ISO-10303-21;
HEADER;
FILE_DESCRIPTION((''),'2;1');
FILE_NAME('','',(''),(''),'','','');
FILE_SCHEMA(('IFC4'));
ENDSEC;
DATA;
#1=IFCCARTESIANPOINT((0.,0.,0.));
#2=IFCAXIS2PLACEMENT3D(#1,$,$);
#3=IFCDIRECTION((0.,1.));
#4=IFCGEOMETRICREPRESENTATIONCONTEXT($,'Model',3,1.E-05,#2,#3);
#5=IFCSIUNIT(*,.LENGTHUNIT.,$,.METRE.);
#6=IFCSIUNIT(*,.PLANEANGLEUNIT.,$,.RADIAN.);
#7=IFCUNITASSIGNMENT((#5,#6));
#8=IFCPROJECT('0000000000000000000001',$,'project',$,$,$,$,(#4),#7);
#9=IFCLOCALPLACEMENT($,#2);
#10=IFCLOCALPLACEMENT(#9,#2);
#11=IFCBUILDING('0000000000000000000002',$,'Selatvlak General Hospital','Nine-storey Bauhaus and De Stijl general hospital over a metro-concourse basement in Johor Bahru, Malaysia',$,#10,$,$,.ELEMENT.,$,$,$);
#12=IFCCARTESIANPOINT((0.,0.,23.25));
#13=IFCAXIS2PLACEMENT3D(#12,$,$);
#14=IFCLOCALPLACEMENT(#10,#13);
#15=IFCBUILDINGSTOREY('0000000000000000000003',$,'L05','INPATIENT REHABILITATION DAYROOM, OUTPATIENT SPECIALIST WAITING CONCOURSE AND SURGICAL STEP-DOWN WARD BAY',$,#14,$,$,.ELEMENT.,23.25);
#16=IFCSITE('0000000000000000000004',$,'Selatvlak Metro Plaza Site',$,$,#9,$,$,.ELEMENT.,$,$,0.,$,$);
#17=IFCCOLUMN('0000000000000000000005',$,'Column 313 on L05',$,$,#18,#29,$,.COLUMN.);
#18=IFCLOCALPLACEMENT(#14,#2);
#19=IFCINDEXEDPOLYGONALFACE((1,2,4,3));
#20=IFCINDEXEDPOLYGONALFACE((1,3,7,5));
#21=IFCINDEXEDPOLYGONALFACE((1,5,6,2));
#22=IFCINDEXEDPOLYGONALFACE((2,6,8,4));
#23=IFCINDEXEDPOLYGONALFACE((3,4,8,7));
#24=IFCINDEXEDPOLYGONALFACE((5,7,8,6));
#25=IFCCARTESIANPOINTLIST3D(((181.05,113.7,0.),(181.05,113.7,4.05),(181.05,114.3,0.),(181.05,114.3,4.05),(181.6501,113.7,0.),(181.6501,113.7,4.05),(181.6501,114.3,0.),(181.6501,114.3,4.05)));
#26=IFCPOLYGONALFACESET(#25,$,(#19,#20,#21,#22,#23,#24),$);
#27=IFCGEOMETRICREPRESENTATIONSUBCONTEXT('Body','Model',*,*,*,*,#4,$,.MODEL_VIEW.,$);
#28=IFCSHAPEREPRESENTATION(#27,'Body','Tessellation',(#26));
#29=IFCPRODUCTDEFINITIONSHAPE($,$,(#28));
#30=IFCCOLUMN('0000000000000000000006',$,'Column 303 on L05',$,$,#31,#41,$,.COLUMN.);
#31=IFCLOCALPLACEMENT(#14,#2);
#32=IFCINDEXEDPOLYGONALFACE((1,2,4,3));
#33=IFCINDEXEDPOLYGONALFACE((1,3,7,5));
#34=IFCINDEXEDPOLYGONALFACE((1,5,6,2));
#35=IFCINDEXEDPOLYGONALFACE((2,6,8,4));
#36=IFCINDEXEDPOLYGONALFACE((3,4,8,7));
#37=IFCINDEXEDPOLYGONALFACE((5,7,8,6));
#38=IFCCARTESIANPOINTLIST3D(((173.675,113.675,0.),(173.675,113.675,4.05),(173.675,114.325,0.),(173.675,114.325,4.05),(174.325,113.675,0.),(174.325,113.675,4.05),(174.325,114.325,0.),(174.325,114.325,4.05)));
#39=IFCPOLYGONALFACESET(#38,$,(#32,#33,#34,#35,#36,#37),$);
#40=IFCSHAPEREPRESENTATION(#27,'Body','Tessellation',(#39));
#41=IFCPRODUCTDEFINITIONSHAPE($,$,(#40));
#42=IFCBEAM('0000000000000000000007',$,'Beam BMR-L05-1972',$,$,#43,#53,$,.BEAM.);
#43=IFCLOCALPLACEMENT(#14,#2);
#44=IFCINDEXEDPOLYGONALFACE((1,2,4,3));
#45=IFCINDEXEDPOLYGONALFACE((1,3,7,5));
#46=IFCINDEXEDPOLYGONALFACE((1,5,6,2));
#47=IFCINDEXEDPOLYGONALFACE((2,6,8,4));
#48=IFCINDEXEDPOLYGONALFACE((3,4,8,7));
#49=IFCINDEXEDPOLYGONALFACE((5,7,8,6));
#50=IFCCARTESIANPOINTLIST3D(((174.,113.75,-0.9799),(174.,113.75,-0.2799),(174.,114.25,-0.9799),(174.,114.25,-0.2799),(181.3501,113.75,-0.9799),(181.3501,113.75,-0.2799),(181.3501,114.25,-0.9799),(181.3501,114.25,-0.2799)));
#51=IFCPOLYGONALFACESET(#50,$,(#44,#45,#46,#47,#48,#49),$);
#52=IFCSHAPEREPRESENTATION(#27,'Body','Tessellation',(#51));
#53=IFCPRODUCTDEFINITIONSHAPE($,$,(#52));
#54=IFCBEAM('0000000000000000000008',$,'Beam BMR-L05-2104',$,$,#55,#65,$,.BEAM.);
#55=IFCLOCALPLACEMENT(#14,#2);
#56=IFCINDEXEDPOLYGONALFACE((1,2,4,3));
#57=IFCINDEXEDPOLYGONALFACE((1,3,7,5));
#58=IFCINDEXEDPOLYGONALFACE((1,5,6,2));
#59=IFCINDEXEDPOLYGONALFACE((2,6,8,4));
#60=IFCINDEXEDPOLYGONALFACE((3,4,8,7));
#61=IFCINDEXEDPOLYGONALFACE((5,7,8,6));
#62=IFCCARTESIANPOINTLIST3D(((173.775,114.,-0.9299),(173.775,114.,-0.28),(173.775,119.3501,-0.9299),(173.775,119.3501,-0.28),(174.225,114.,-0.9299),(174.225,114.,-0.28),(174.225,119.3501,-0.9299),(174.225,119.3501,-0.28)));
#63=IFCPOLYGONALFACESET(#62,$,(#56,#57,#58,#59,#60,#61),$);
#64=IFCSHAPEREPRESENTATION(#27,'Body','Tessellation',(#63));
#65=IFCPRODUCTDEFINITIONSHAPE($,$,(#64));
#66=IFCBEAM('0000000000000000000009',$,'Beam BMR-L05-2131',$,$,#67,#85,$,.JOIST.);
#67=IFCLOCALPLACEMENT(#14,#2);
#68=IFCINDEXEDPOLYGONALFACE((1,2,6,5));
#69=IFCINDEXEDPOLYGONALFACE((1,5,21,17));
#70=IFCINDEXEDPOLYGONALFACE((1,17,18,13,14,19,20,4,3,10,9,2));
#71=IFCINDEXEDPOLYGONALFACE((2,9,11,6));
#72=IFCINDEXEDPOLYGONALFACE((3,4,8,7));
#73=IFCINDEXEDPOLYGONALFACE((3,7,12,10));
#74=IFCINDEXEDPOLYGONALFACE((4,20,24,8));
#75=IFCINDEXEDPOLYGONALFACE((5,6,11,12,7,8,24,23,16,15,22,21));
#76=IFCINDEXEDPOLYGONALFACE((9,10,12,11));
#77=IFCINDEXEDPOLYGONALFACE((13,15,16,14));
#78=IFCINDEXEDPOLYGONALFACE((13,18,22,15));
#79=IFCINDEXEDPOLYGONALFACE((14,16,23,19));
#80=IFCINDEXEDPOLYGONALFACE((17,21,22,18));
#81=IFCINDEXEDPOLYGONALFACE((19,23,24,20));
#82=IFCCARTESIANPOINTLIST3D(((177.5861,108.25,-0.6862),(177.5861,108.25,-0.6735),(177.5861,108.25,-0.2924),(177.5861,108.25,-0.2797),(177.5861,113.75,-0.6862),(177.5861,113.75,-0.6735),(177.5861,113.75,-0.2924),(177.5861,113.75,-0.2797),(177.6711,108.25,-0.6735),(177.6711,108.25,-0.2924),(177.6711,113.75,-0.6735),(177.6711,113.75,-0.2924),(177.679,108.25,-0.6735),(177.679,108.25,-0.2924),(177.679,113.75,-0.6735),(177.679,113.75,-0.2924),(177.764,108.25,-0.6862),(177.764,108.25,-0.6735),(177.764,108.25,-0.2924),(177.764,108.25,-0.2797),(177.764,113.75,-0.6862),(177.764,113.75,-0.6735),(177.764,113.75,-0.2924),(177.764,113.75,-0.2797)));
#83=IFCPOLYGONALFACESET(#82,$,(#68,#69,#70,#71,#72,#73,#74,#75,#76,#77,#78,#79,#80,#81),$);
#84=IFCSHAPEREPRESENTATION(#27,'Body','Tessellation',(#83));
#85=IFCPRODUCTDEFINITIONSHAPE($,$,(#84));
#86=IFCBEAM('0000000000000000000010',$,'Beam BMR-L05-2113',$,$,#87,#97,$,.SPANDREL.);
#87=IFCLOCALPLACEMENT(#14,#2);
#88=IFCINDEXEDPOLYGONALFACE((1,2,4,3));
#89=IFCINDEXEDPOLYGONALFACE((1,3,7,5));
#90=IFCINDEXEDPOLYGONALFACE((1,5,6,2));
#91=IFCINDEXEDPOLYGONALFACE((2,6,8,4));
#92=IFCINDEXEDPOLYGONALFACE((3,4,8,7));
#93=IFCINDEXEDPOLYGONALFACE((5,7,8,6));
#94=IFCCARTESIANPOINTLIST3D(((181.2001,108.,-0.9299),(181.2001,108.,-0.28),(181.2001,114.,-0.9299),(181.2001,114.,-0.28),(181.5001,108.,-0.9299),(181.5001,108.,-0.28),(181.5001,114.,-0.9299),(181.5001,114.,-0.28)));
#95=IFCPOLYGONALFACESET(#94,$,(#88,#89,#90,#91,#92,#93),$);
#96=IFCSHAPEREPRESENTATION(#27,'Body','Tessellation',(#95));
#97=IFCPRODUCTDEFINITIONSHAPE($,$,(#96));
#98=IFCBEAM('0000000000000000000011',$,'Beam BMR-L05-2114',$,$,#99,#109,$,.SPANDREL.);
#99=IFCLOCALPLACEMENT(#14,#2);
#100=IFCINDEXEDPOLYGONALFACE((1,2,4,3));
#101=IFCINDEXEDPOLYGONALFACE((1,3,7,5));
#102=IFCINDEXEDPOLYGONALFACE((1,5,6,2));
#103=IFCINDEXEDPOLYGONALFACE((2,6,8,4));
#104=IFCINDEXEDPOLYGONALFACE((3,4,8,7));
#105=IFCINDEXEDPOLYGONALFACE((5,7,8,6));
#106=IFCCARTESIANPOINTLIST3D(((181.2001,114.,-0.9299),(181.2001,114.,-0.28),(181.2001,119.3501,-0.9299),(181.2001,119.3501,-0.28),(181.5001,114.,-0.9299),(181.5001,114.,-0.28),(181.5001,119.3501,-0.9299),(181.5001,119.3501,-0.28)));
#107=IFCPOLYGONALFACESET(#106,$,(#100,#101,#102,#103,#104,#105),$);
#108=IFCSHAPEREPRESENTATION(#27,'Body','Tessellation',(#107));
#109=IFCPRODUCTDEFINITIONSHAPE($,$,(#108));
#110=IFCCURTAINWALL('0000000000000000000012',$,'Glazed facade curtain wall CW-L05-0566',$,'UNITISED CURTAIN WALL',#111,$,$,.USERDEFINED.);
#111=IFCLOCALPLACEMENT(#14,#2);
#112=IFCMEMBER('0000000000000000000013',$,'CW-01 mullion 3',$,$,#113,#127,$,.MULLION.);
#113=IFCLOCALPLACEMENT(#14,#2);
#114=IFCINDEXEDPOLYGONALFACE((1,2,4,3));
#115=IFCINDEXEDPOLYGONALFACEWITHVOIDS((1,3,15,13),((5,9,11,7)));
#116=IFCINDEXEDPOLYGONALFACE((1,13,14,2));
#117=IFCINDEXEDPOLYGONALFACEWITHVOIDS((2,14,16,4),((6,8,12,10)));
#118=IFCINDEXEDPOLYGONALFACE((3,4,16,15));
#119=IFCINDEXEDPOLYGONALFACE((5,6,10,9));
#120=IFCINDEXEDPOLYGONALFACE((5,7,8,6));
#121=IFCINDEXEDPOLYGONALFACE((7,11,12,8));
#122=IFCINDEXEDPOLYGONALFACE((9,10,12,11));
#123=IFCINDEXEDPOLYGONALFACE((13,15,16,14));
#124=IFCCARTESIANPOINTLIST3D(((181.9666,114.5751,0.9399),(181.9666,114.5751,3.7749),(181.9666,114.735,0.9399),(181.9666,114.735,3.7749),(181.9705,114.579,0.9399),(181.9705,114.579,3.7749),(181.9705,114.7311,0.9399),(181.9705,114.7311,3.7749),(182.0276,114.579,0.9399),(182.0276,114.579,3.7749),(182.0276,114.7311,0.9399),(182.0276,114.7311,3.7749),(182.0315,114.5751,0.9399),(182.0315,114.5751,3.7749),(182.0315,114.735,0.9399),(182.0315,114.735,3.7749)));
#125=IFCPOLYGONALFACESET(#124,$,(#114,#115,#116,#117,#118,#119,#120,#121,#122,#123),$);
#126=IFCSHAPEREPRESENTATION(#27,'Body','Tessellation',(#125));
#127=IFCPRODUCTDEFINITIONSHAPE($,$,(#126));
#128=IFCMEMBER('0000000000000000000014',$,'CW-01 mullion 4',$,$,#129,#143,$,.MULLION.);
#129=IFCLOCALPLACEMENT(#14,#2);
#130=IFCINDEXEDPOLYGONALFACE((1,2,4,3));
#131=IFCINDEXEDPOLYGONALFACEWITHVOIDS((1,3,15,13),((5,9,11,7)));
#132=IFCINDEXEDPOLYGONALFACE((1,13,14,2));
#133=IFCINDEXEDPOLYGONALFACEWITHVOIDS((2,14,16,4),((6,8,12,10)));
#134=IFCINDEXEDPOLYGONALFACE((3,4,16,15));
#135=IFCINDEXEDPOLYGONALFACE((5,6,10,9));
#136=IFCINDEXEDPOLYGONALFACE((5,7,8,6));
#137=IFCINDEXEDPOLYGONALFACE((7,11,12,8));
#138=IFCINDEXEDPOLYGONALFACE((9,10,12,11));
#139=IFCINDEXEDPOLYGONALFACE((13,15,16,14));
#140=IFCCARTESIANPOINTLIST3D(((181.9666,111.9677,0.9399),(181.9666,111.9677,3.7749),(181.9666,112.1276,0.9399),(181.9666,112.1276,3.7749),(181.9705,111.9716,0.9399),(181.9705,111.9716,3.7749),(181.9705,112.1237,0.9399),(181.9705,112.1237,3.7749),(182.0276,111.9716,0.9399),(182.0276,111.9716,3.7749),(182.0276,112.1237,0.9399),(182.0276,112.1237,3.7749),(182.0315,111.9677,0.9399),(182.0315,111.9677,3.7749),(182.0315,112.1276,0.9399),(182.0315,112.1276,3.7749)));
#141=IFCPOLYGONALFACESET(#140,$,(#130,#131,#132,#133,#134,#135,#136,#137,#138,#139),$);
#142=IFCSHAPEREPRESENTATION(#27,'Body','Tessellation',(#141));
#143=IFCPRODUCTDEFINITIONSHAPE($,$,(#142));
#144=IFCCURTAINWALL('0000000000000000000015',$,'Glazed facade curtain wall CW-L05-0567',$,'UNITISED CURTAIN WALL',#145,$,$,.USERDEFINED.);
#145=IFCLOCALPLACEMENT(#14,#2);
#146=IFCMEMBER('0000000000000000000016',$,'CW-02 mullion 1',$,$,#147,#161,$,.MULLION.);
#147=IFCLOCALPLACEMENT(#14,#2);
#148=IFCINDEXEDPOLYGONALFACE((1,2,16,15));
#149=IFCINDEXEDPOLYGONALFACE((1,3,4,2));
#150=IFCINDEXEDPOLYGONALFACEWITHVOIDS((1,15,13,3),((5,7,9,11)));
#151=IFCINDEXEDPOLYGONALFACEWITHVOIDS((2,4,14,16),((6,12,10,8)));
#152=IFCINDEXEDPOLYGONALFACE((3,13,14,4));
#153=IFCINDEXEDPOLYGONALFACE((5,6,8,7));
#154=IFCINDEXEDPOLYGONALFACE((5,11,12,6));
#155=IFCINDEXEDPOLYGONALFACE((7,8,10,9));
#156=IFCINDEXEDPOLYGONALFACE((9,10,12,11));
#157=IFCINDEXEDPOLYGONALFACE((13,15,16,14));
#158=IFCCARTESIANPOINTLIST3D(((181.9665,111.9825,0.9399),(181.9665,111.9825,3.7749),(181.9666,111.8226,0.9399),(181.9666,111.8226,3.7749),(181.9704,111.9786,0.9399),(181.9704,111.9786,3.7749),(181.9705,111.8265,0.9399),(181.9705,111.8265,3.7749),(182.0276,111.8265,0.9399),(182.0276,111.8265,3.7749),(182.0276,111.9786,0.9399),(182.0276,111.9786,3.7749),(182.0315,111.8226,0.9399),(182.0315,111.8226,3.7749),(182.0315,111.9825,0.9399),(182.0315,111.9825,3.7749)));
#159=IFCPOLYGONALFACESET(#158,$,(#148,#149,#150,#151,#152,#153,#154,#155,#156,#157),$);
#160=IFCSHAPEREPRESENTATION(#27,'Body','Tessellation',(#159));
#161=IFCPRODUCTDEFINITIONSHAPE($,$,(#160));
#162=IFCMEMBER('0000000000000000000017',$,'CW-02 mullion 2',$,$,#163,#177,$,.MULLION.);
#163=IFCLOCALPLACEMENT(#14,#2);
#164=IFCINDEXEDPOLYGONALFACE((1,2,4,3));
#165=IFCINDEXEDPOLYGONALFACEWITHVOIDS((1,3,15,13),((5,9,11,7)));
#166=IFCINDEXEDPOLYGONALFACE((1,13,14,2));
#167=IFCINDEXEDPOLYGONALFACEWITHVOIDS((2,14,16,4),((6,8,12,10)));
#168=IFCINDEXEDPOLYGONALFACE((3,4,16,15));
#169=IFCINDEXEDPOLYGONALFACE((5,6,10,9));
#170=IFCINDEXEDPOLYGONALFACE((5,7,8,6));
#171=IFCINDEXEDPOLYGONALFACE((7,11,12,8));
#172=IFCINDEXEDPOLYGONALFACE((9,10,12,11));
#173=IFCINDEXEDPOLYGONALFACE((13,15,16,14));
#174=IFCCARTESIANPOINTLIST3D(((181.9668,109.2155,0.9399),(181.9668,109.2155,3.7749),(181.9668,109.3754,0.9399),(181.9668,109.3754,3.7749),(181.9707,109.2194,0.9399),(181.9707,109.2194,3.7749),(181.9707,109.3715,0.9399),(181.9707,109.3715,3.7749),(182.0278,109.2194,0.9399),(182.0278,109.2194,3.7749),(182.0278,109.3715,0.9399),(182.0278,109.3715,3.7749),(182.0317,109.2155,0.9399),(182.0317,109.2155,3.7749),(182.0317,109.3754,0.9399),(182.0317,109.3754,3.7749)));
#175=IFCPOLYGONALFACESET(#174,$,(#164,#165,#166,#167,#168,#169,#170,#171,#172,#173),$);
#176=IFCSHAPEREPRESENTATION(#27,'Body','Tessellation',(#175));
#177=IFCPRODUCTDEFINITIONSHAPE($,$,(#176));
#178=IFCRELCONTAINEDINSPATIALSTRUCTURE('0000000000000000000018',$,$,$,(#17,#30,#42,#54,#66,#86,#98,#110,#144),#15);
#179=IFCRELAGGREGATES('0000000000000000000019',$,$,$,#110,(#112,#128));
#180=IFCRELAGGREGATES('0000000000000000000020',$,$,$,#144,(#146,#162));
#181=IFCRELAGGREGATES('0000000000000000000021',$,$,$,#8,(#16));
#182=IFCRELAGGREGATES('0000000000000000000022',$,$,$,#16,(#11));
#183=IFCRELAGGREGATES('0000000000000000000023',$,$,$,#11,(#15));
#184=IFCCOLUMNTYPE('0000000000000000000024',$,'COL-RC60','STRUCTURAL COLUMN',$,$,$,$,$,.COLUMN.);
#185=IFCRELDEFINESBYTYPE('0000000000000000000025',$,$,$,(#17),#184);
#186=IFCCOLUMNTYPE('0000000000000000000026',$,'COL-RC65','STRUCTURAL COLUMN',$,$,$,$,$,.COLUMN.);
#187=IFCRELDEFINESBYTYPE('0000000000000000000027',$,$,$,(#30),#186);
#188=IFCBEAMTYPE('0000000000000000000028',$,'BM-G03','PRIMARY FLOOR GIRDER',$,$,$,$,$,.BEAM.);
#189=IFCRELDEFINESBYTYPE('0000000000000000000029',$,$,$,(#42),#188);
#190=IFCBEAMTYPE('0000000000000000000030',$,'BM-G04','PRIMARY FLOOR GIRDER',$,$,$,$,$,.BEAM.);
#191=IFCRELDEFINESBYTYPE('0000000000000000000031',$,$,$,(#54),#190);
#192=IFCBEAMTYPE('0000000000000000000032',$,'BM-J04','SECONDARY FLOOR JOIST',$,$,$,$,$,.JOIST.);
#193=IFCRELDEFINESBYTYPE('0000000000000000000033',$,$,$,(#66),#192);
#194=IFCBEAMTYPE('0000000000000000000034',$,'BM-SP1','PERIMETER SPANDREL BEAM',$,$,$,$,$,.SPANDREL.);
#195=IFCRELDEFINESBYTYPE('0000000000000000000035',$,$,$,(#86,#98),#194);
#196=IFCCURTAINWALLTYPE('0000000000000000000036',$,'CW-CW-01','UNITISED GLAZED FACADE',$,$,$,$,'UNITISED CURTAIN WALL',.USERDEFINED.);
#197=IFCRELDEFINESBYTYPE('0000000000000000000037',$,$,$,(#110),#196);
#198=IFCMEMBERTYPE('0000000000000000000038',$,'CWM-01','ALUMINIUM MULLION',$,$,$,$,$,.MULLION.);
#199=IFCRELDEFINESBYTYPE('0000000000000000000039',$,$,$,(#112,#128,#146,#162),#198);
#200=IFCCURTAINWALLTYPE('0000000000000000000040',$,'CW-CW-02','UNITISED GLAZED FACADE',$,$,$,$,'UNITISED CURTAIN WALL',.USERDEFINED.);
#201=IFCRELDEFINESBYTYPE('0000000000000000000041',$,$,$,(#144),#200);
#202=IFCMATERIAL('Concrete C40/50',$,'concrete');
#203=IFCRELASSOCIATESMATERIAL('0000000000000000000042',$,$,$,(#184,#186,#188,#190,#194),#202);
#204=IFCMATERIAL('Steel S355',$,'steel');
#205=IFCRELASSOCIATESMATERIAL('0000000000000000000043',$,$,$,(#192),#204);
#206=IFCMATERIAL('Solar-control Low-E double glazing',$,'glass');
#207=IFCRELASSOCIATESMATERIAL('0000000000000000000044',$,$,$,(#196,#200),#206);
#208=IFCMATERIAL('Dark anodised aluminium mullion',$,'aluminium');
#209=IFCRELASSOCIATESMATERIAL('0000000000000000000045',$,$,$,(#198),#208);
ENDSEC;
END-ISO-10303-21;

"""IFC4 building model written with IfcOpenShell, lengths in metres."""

from ifc_helpers import new_model, si_unit, direction, frame, origin, origin_2d, place, context, subcontext, project, spatial, rectangle, hollow_rectangle, i_section, extrude, material, material_profile, profile_set, type_object, element, aggregate, save


model = new_model("IFC4")

# Units and contexts
model_context = context("Model", 3, precision=1e-05, world=origin(), true_north=direction((0.0, 1.0)))
body_context = subcontext(model_context, "Body", "Model", "MODEL_VIEW")
ifc_project = project(units=[si_unit("LENGTHUNIT", "METRE"), si_unit("PLANEANGLEUNIT", "RADIAN")], contexts=[model_context])

# Site, building, storey
site_placement = place(None, origin())
site = spatial("IfcSite", under=ifc_project, at=site_placement, Name="Selatvlak Metro Plaza Site", CompositionType="ELEMENT", RefElevation=0.0)
building_placement = place(site_placement, origin())
building = spatial("IfcBuilding", under=site, at=building_placement, Name="Selatvlak General Hospital", Description="Nine-storey Bauhaus and De Stijl general hospital over a metro-concourse basement in Johor Bahru, Malaysia", CompositionType="ELEMENT")
storey_placement = place(building_placement, frame((0.0, 0.0, 23.25)))
storey = spatial("IfcBuildingStorey", under=building, at=storey_placement, Name="L05", Description="INPATIENT REHABILITATION DAYROOM, OUTPATIENT SPECIALIST WAITING CONCOURSE AND SURGICAL STEP-DOWN WARD BAY", CompositionType="ELEMENT", Elevation=23.25)

# Columns
ifc_material_1 = material(Name="Concrete C40/50", Category="concrete")
ifc_material_profile_1 = material_profile(ifc_material_1, rectangle(XDim=0.6001, YDim=0.6001, at=origin_2d()), Name="RC-COL 600x600")
ifc_profile_set_1 = profile_set([ifc_material_profile_1], Name="Concrete C40/50")
column_type_1 = type_object("IfcColumnType", Name="COL-RC60", Description="STRUCTURAL COLUMN", PredefinedType="COLUMN", material=ifc_profile_set_1)
column_1_placement = place(storey_placement, frame((181.3501, 114.0, 0.0), z_axis=(0.0, 0.0, 1.0), x_axis=(1.0, 0.0, 0.0)))
element("IfcColumn", 1, at=column_1_placement, inside=storey, type_object=column_type_1, Name="Column 313 on L05", PredefinedType="COLUMN", context=body_context, shape_type="SweptSolid", body=[
    extrude(rectangle(XDim=0.6001, YDim=0.6001, at=origin_2d()), origin(), (0.0, 0.0, 1.0), 4.05),
])
ifc_material_profile_2 = material_profile(ifc_material_1, rectangle(XDim=0.6499, YDim=0.6499, at=origin_2d()), Name="RC-COL 650x650")
ifc_profile_set_2 = profile_set([ifc_material_profile_2], Name="Concrete C40/50")
column_type_2 = type_object("IfcColumnType", Name="COL-RC65", Description="STRUCTURAL COLUMN", PredefinedType="COLUMN", material=ifc_profile_set_2)
column_2_placement = place(storey_placement, frame((174.0, 114.0, 0.0), z_axis=(0.0, 0.0, 1.0), x_axis=(1.0, 0.0, 0.0)))
element("IfcColumn", 2, at=column_2_placement, inside=storey, type_object=column_type_2, Name="Column 303 on L05", PredefinedType="COLUMN", context=body_context, shape_type="SweptSolid", body=[
    extrude(rectangle(XDim=0.6499, YDim=0.6499, at=origin_2d()), origin(), (0.0, 0.0, 1.0), 4.05),
])

# Beams
ifc_material_profile_3 = material_profile(ifc_material_1, rectangle(XDim=0.5, YDim=0.7, at=origin_2d()), Name="RC-BM 500x700")
ifc_profile_set_3 = profile_set([ifc_material_profile_3], Name="Concrete C40/50")
beam_type_1 = type_object("IfcBeamType", Name="BM-G03", Description="PRIMARY FLOOR GIRDER", PredefinedType="BEAM", material=ifc_profile_set_3)
beam_1_placement = place(storey_placement, frame((174.0, 114.0, -0.6299), z_axis=(1.0, 0.0, 0.0), x_axis=(0.0, 1.0, 0.0)))
element("IfcBeam", 3, at=beam_1_placement, inside=storey, type_object=beam_type_1, Name="Beam BMR-L05-1972", PredefinedType="BEAM", context=body_context, shape_type="SweptSolid", body=[
    extrude(rectangle(XDim=0.5, YDim=0.7, at=origin_2d()), origin(), (0.0, 0.0, 1.0), 7.3501),
])
ifc_material_profile_4 = material_profile(ifc_material_1, rectangle(XDim=0.45, YDim=0.6499, at=origin_2d()), Name="RC-BM 450x650")
ifc_profile_set_4 = profile_set([ifc_material_profile_4], Name="Concrete C40/50")
beam_type_2 = type_object("IfcBeamType", Name="BM-G04", Description="PRIMARY FLOOR GIRDER", PredefinedType="BEAM", material=ifc_profile_set_4)
beam_2_placement = place(storey_placement, frame((174.0, 114.0, -0.605), z_axis=(0.0, 1.0, 0.0), x_axis=(-1.0, 0.0, 0.0)))
element("IfcBeam", 4, at=beam_2_placement, inside=storey, type_object=beam_type_2, Name="Beam BMR-L05-2104", PredefinedType="BEAM", context=body_context, shape_type="SweptSolid", body=[
    extrude(rectangle(XDim=0.45, YDim=0.6499, at=origin_2d()), origin(), (0.0, 0.0, 1.0), 5.3501),
])
ifc_material_2 = material(Name="Steel S355", Category="steel")
ifc_material_profile_5 = material_profile(ifc_material_2, i_section(OverallWidth=0.178, OverallDepth=0.4065, WebThickness=0.0078, FlangeThickness=0.0127, at=origin_2d()), Name="UB 406x178x60")
ifc_profile_set_5 = profile_set([ifc_material_profile_5], Name="Steel S355")
beam_type_3 = type_object("IfcBeamType", Name="BM-J04", Description="SECONDARY FLOOR JOIST", PredefinedType="JOIST", material=ifc_profile_set_5)
beam_3_placement = place(storey_placement, frame((177.675, 108.25, -0.4829), z_axis=(0.0, 1.0, 0.0), x_axis=(-1.0, 0.0, 0.0)))
element("IfcBeam", 5, at=beam_3_placement, inside=storey, type_object=beam_type_3, Name="Beam BMR-L05-2131", PredefinedType="JOIST", context=body_context, shape_type="SweptSolid", body=[
    extrude(i_section(OverallWidth=0.178, OverallDepth=0.4065, WebThickness=0.0078, FlangeThickness=0.0127, at=origin_2d()), origin(), (0.0, 0.0, 1.0), 5.5),
])
ifc_material_profile_6 = material_profile(ifc_material_1, rectangle(XDim=0.3, YDim=0.6499, at=origin_2d()), Name="RC-SP 300x650")
ifc_profile_set_6 = profile_set([ifc_material_profile_6], Name="Concrete C40/50")
beam_type_4 = type_object("IfcBeamType", Name="BM-SP1", Description="PERIMETER SPANDREL BEAM", PredefinedType="SPANDREL", material=ifc_profile_set_6)
beam_4_placement = place(storey_placement, frame((181.3501, 108.0, -0.605), z_axis=(0.0, 1.0, 0.0), x_axis=(-1.0, 0.0, 0.0)))
element("IfcBeam", 6, at=beam_4_placement, inside=storey, type_object=beam_type_4, Name="Beam BMR-L05-2113", PredefinedType="SPANDREL", context=body_context, shape_type="SweptSolid", body=[
    extrude(rectangle(XDim=0.3, YDim=0.6499, at=origin_2d()), origin(), (0.0, 0.0, 1.0), 6.0),
])
beam_5_placement = place(storey_placement, frame((181.3501, 114.0, -0.605), z_axis=(0.0, 1.0, 0.0), x_axis=(-1.0, 0.0, 0.0)))
element("IfcBeam", 7, at=beam_5_placement, inside=storey, type_object=beam_type_4, Name="Beam BMR-L05-2114", PredefinedType="SPANDREL", context=body_context, shape_type="SweptSolid", body=[
    extrude(rectangle(XDim=0.3, YDim=0.6499, at=origin_2d()), origin(), (0.0, 0.0, 1.0), 5.3501),
])

# Curtain walls, members
ifc_material_3 = material(Name="Solar-control Low-E double glazing", Category="glass")
curtain_wall_type_1 = type_object("IfcCurtainWallType", Name="CW-CW-01", Description="UNITISED GLAZED FACADE", ElementType="UNITISED CURTAIN WALL", PredefinedType="USERDEFINED", material=ifc_material_3)
curtain_wall_1_placement = place(storey_placement, origin())
curtain_wall_1 = element("IfcCurtainWall", 8, at=curtain_wall_1_placement, inside=storey, type_object=curtain_wall_type_1, Name="Glazed facade curtain wall CW-L05-0566", ObjectType="UNITISED CURTAIN WALL", PredefinedType="USERDEFINED")
ifc_material_4 = material(Name="Dark anodised aluminium mullion", Category="aluminium")
ifc_material_profile_7 = material_profile(ifc_material_4, hollow_rectangle(XDim=0.0649, YDim=0.1599, WallThickness=0.0039, at=origin_2d()), Name="AL-MUL 65x160x4")
ifc_profile_set_7 = profile_set([ifc_material_profile_7], Name="Dark anodised aluminium mullion")
member_type_1 = type_object("IfcMemberType", Name="CWM-01", Description="ALUMINIUM MULLION", PredefinedType="MULLION", material=ifc_profile_set_7)
member_1_placement = place(storey_placement, frame((181.999, 114.655, 0.9399), z_axis=(0.0, 0.0, 1.0), x_axis=(1.0, 0.0, 0.0)))
member_1 = element("IfcMember", 9, at=member_1_placement, type_object=member_type_1, Name="CW-01 mullion 3", PredefinedType="MULLION", context=body_context, shape_type="SweptSolid", body=[
    extrude(hollow_rectangle(XDim=0.0649, YDim=0.1599, WallThickness=0.0039, at=origin_2d()), origin(), (0.0, 0.0, 1.0), 2.835),
])
member_2_placement = place(storey_placement, frame((181.999, 112.0476, 0.9399), z_axis=(0.0, 0.0, 1.0), x_axis=(1.0, 0.0, 0.0)))
member_2 = element("IfcMember", 10, at=member_2_placement, type_object=member_type_1, Name="CW-01 mullion 4", PredefinedType="MULLION", context=body_context, shape_type="SweptSolid", body=[
    extrude(hollow_rectangle(XDim=0.0649, YDim=0.1599, WallThickness=0.0039, at=origin_2d()), origin(), (0.0, 0.0, 1.0), 2.835),
])
curtain_wall_type_2 = type_object("IfcCurtainWallType", Name="CW-CW-02", Description="UNITISED GLAZED FACADE", ElementType="UNITISED CURTAIN WALL", PredefinedType="USERDEFINED", material=ifc_material_3)
curtain_wall_2_placement = place(storey_placement, origin())
curtain_wall_2 = element("IfcCurtainWall", 11, at=curtain_wall_2_placement, inside=storey, type_object=curtain_wall_type_2, Name="Glazed facade curtain wall CW-L05-0567", ObjectType="UNITISED CURTAIN WALL", PredefinedType="USERDEFINED")
member_3_placement = place(storey_placement, frame((181.999, 111.9026, 0.9399), z_axis=(0.0, 0.0, 1.0), x_axis=(1.0, 0.000126, 0.0)))
member_3 = element("IfcMember", 12, at=member_3_placement, type_object=member_type_1, Name="CW-02 mullion 1", PredefinedType="MULLION", context=body_context, shape_type="SweptSolid", body=[
    extrude(hollow_rectangle(XDim=0.0649, YDim=0.1599, WallThickness=0.0039, at=origin_2d()), origin(), (0.0, 0.0, 1.0), 2.835),
])
member_4_placement = place(storey_placement, frame((181.9993, 109.2954, 0.9399), z_axis=(0.0, 0.0, 1.0), x_axis=(1.0, 0.000126, 0.0)))
member_4 = element("IfcMember", 13, at=member_4_placement, type_object=member_type_1, Name="CW-02 mullion 2", PredefinedType="MULLION", context=body_context, shape_type="SweptSolid", body=[
    extrude(hollow_rectangle(XDim=0.0649, YDim=0.1599, WallThickness=0.0039, at=origin_2d()), origin(), (0.0, 0.0, 1.0), 2.835),
])

aggregate(curtain_wall_1, [member_1, member_2])
aggregate(curtain_wall_2, [member_3, member_4])

save(model, "model.ifc")
